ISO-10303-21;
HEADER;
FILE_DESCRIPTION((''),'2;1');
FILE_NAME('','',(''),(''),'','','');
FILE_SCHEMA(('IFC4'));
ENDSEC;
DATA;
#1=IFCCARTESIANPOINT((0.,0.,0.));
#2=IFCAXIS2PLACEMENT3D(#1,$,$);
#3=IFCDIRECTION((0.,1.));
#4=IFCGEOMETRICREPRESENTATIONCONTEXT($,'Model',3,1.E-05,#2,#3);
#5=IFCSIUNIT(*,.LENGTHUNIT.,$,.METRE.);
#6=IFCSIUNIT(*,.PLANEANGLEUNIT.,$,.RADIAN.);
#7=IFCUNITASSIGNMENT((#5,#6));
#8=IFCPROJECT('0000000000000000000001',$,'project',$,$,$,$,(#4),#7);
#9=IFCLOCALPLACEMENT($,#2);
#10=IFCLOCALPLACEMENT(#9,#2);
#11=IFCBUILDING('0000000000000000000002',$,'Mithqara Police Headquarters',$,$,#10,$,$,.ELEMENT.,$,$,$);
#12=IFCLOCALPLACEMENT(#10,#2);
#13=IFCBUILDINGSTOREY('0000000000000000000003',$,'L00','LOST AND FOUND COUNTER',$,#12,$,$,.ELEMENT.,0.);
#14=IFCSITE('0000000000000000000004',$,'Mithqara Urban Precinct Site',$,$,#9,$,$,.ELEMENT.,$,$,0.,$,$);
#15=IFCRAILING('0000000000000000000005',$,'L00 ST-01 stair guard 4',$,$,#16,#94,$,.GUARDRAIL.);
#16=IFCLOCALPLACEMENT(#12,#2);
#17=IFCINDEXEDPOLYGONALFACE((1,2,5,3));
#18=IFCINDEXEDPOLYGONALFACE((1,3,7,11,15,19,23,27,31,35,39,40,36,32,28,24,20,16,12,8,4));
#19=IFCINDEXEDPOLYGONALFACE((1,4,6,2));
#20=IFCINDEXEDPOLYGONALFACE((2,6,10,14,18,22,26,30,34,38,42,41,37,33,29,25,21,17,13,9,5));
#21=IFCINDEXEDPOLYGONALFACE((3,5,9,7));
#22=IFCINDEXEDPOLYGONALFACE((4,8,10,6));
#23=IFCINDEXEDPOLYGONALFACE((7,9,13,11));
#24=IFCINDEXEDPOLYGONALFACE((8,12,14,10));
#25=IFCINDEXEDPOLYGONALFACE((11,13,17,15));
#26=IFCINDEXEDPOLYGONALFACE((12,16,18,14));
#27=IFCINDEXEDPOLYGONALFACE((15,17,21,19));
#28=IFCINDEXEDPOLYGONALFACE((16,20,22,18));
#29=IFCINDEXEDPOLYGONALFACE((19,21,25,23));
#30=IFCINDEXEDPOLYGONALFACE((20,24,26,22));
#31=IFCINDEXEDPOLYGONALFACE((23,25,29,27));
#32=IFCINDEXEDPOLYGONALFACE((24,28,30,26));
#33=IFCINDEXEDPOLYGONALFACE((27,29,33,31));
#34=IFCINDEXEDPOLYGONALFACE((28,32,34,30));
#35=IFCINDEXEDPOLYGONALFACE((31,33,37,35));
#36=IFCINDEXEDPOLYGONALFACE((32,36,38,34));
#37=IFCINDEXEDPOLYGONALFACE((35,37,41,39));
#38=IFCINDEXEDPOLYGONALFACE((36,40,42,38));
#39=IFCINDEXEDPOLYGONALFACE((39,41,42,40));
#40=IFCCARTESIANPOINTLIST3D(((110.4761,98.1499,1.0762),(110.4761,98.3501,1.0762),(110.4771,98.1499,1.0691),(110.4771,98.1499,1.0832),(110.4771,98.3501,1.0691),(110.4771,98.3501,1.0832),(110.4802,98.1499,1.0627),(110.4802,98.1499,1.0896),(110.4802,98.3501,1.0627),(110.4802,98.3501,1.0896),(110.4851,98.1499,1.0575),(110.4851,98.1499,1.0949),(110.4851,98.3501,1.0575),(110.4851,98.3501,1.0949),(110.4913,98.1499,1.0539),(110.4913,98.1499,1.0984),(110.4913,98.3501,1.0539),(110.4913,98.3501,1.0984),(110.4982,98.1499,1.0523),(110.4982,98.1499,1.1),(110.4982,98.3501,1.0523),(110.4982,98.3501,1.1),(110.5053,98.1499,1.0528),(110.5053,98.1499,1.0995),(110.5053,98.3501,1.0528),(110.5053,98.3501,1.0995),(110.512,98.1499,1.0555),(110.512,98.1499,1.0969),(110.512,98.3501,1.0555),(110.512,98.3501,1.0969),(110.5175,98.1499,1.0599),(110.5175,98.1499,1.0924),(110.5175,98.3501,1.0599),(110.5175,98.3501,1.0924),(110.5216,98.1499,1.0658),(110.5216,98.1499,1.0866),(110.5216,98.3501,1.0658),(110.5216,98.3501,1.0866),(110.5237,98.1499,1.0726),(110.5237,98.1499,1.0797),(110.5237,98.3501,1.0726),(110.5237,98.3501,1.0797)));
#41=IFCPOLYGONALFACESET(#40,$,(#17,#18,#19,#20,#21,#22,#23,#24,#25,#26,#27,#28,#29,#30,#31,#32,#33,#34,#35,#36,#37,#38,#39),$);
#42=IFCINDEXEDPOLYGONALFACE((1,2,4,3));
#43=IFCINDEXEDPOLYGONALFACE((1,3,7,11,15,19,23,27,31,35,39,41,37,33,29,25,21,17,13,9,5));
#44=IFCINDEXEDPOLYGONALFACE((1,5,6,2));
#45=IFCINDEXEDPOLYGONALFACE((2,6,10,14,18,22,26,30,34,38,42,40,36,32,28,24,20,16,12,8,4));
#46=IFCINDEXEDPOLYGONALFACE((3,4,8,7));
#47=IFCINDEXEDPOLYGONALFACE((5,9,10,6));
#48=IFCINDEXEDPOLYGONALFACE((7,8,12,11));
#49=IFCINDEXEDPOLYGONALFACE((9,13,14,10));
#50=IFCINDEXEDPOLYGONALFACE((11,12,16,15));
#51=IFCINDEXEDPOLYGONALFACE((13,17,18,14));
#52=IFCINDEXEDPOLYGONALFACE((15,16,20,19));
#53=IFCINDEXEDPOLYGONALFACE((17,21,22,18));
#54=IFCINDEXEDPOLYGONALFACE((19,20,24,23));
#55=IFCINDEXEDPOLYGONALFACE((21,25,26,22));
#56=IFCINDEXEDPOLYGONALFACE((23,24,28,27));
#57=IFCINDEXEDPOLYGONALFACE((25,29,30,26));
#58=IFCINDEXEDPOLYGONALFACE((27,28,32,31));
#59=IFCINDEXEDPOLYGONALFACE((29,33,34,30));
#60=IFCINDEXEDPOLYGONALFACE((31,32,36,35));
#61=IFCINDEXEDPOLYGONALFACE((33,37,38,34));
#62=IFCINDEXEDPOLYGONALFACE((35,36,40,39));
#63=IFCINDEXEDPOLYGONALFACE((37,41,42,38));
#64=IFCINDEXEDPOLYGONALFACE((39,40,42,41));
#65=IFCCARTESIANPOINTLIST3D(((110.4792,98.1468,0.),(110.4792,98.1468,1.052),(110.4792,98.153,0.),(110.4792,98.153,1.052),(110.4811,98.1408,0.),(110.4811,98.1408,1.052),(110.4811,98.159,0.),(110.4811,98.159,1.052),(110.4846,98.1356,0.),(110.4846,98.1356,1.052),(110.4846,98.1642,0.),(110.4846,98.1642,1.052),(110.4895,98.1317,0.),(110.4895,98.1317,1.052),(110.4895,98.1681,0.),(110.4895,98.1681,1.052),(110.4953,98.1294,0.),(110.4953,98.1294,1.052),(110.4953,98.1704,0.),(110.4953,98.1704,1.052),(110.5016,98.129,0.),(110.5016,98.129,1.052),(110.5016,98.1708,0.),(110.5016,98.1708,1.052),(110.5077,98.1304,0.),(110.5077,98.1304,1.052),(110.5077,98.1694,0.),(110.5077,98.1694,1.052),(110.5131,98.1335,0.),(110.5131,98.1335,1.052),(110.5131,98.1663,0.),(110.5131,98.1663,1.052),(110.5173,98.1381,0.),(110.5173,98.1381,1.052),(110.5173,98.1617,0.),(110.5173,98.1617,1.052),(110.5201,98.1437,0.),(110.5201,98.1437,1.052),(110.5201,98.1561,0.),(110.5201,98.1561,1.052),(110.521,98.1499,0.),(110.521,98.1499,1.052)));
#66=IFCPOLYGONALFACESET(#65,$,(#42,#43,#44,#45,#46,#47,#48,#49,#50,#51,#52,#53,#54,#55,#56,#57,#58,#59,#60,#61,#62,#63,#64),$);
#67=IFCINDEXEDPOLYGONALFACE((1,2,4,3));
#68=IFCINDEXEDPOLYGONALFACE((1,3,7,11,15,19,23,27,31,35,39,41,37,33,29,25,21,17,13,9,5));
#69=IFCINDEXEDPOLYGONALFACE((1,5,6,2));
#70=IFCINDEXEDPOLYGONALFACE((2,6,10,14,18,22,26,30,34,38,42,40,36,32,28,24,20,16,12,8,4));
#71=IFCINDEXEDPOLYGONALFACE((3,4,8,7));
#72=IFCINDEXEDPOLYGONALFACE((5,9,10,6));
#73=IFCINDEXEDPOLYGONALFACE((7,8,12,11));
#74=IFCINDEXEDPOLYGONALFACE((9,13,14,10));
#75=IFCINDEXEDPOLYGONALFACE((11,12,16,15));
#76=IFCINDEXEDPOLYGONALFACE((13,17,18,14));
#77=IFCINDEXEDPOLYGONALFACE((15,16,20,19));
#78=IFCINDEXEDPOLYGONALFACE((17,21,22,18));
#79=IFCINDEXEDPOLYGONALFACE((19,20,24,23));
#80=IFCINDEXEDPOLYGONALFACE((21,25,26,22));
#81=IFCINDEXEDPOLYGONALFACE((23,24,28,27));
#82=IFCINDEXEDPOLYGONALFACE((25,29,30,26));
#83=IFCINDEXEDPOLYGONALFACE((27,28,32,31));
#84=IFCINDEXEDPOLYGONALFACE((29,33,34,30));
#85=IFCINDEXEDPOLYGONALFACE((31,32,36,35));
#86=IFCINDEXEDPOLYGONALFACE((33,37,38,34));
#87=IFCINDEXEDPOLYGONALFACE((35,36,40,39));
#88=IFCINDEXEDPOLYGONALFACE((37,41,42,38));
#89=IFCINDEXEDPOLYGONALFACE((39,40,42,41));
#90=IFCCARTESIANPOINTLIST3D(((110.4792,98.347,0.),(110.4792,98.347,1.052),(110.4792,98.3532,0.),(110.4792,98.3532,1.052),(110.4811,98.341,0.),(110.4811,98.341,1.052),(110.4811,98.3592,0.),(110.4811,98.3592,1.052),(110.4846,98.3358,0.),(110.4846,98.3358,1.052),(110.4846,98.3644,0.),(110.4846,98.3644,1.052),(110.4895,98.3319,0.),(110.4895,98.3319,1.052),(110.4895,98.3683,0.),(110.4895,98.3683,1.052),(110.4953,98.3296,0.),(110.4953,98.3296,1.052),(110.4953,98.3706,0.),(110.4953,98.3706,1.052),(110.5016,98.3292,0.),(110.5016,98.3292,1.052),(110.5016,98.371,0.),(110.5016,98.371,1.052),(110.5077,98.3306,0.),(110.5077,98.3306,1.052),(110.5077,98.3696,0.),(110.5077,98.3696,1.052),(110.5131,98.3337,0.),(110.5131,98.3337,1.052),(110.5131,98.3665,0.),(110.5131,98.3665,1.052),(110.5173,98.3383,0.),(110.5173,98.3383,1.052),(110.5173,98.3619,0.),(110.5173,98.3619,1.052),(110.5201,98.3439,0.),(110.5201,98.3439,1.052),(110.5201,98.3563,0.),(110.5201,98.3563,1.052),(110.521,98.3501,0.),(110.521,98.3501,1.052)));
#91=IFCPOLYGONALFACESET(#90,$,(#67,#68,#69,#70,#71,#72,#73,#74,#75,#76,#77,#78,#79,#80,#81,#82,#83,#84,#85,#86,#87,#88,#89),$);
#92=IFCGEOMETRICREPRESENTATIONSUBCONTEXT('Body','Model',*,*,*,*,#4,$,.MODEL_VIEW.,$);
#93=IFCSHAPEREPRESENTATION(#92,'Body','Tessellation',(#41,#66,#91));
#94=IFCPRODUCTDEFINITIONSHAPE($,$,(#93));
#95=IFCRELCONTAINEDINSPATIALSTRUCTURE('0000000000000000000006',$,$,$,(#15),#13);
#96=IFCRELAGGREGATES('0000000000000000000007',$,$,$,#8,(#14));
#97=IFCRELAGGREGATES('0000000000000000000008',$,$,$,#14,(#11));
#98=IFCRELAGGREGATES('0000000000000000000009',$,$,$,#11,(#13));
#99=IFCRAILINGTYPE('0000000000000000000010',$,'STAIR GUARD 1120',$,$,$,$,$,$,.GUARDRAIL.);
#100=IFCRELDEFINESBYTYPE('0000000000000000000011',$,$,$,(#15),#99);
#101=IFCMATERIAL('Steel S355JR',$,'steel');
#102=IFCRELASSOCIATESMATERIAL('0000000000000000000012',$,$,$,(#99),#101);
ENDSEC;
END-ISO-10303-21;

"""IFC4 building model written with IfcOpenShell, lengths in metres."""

from ifc_helpers import new_model, si_unit, direction, frame, origin, origin_2d, place, context, subcontext, project, spatial, circle, extrude, material, type_object, element, save


model = new_model("IFC4")

# Units and contexts
model_context = context("Model", 3, precision=1e-05, world=origin(), true_north=direction((0.0, 1.0)))
body_context = subcontext(model_context, "Body", "Model", "MODEL_VIEW")
ifc_project = project(units=[si_unit("LENGTHUNIT", "METRE"), si_unit("PLANEANGLEUNIT", "RADIAN")], contexts=[model_context])

# Site, building, storey
site_placement = place(None, origin())
site = spatial("IfcSite", under=ifc_project, at=site_placement, Name="Mithqara Urban Precinct Site", CompositionType="ELEMENT", RefElevation=0.0)
building_placement = place(site_placement, origin())
building = spatial("IfcBuilding", under=site, at=building_placement, Name="Mithqara Police Headquarters", CompositionType="ELEMENT")
storey_placement = place(building_placement, origin())
storey = spatial("IfcBuildingStorey", under=building, at=storey_placement, Name="L00", Description="LOST AND FOUND COUNTER", CompositionType="ELEMENT", Elevation=0.0)

# Shared definitions
ifc_material_1 = material(Name="Steel S355JR", Category="steel")

# Railing
railing_type_1 = type_object("IfcRailingType", Name="STAIR GUARD 1120", PredefinedType="GUARDRAIL", material=ifc_material_1)
railing_1_placement = place(storey_placement, frame((110.5, 98.1499, 0.0)))
element("IfcRailing", 1, at=railing_1_placement, inside=storey, type_object=railing_type_1, Name="L00 ST-01 stair guard 4", PredefinedType="GUARDRAIL", context=body_context, shape_type="SweptSolid", body=[
    extrude(circle(Radius=0.0239, at=origin_2d()), frame((0.0, 0.0, 1.0762), z_axis=(0.0, 1.0, 0.0), x_axis=(-1.0, 0.0, 0.0)), (0.0, 0.0, 1.0), 0.2002),
    extrude(circle(Radius=0.021, at=origin_2d()), origin(), (0.0, 0.0, 1.0), 1.052),
    extrude(circle(Radius=0.021, at=origin_2d()), frame((0.0, 0.2002, 0.0)), (0.0, 0.0, 1.0), 1.052),
])

save(model, "model.ifc")
